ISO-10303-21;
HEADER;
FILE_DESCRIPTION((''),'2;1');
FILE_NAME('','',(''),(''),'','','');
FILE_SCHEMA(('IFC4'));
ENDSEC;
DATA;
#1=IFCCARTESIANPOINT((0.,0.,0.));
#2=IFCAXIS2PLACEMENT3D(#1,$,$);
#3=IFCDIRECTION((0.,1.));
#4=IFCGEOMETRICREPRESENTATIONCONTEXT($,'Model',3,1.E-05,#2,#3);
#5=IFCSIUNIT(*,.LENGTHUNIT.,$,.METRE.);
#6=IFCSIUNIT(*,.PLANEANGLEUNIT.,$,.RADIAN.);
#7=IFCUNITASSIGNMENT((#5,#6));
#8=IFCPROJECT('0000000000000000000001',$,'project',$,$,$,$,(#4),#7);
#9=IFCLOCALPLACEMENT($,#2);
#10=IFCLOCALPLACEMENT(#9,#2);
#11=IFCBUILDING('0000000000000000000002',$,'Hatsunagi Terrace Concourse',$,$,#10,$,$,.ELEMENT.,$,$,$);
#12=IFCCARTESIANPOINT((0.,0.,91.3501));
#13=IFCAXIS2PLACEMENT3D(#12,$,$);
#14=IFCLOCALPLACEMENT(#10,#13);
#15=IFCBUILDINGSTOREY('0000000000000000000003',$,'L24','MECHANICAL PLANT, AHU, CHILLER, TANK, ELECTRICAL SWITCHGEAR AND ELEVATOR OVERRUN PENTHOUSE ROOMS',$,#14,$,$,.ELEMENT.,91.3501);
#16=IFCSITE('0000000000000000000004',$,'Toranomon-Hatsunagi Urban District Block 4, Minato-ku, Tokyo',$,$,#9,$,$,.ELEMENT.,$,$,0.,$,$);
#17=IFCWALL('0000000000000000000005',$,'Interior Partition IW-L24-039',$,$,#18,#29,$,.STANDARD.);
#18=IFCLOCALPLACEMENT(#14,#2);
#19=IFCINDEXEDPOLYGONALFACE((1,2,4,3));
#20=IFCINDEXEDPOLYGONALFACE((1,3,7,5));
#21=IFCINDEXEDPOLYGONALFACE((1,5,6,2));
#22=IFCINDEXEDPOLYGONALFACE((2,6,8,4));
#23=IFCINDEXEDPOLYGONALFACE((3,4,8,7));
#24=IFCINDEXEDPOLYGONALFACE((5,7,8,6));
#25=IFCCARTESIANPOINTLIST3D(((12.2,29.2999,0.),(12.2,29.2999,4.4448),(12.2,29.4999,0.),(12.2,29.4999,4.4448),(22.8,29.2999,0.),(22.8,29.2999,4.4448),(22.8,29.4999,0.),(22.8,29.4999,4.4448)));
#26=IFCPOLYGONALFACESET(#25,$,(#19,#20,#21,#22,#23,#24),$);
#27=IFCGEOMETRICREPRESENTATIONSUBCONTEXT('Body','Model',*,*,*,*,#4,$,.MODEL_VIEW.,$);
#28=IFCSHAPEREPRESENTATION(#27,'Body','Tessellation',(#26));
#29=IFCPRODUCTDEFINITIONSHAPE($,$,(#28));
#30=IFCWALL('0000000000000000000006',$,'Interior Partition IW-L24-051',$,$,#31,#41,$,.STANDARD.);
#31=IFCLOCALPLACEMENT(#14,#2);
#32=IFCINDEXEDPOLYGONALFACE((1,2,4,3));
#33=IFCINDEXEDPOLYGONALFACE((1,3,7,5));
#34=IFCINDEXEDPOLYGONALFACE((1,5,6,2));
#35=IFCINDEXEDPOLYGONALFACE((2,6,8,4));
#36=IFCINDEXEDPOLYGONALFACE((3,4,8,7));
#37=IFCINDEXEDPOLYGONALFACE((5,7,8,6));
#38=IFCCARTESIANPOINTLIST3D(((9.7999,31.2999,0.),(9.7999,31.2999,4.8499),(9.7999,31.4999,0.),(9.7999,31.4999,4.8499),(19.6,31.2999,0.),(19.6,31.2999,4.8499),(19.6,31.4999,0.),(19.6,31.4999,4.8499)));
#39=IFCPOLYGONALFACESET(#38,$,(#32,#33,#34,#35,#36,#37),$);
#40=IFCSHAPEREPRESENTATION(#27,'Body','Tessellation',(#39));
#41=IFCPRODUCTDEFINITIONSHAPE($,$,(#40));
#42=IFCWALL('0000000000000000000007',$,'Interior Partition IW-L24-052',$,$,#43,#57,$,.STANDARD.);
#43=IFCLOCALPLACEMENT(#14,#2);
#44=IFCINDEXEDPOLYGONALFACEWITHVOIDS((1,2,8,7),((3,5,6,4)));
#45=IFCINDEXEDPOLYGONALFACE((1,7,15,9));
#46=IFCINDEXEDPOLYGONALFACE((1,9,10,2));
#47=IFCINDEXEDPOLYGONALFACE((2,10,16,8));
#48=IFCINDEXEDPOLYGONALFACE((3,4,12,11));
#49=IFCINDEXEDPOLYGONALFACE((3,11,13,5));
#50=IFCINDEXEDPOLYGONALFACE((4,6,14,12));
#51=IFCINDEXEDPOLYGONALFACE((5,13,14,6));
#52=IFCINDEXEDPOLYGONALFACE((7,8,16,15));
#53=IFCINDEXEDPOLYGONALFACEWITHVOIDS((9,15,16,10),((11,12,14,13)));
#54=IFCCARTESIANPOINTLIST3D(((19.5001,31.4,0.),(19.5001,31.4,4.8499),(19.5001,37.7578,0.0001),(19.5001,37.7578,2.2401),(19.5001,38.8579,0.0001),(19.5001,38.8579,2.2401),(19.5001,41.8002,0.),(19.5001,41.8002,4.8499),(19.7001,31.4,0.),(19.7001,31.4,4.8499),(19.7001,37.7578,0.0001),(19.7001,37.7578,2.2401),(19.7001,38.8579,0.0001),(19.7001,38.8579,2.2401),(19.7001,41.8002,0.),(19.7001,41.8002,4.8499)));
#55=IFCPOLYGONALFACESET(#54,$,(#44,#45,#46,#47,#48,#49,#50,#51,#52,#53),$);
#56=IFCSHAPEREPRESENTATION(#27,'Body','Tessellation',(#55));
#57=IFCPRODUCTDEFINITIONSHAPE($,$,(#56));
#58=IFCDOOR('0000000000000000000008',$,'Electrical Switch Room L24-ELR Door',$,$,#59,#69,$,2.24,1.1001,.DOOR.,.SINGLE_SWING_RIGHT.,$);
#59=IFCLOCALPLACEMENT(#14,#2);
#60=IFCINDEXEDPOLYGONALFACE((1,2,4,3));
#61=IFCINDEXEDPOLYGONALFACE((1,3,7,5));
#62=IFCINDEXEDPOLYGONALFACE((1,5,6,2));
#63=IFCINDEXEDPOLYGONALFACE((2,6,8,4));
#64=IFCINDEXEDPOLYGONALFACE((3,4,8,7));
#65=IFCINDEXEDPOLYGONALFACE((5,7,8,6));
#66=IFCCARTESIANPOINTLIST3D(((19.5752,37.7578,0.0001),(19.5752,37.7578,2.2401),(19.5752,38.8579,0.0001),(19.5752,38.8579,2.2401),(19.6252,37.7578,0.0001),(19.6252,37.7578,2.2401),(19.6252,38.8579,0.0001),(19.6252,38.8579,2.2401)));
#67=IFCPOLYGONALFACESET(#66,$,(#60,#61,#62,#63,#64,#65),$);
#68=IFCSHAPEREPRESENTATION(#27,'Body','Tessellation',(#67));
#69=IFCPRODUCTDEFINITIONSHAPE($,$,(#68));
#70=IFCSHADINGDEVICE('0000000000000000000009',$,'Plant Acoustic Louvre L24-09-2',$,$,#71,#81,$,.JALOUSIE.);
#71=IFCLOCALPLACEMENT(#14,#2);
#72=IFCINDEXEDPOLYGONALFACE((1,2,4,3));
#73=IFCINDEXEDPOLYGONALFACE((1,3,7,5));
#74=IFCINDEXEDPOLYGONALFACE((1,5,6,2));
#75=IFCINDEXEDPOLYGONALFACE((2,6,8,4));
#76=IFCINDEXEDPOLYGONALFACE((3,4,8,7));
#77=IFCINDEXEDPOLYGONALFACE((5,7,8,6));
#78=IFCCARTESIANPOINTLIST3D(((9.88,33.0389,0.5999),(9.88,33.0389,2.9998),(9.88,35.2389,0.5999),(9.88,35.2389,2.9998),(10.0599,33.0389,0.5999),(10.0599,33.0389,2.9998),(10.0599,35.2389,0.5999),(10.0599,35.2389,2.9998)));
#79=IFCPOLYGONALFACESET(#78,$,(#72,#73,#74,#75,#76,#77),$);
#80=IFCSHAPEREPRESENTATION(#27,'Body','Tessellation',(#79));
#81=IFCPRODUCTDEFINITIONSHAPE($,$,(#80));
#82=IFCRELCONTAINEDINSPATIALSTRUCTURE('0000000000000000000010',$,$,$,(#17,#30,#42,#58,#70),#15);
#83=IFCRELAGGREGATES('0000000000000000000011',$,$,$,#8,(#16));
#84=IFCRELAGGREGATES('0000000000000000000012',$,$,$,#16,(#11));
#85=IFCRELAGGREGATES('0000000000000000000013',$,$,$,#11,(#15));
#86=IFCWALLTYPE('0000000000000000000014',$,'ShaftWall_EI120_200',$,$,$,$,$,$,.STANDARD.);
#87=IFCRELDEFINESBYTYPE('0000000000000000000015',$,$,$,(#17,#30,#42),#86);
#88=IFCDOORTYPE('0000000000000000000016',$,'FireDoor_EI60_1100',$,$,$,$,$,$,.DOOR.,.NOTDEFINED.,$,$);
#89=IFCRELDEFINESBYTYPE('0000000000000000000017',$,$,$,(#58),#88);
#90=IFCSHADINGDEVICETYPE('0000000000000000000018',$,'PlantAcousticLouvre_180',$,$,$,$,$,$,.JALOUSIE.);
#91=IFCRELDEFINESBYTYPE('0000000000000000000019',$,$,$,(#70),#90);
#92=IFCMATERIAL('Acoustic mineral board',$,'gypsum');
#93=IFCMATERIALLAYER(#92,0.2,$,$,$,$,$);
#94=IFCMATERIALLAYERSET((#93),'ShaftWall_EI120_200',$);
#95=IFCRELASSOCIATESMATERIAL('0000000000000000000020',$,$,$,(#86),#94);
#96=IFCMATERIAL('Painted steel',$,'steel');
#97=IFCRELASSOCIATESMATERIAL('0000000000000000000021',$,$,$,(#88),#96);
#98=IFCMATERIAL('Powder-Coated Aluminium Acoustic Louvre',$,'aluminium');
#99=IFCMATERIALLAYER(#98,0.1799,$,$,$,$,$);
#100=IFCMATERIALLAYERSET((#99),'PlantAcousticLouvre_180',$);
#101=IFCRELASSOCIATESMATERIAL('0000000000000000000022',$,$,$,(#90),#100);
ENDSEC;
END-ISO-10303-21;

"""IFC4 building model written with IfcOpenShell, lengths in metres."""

from ifc_helpers import new_model, si_unit, direction, frame, frame_2d, origin, origin_2d, place, context, subcontext, project, spatial, rectangle, extrude, material, layer, layer_set, type_object, element, fill, save


model = new_model("IFC4")

# Units and contexts
model_context = context("Model", 3, precision=1e-05, world=origin(), true_north=direction((0.0, 1.0)))
body_context = subcontext(model_context, "Body", "Model", "MODEL_VIEW")
ifc_project = project(units=[si_unit("LENGTHUNIT", "METRE"), si_unit("PLANEANGLEUNIT", "RADIAN")], contexts=[model_context])

# Site, building, storey
site_placement = place(None, origin())
site = spatial("IfcSite", under=ifc_project, at=site_placement, Name="Toranomon-Hatsunagi Urban District Block 4, Minato-ku, Tokyo", CompositionType="ELEMENT", RefElevation=0.0)
building_placement = place(site_placement, origin())
building = spatial("IfcBuilding", under=site, at=building_placement, Name="Hatsunagi Terrace Concourse", CompositionType="ELEMENT")
storey_placement = place(building_placement, frame((0.0, 0.0, 91.3501)))
storey = spatial("IfcBuildingStorey", under=building, at=storey_placement, Name="L24", Description="MECHANICAL PLANT, AHU, CHILLER, TANK, ELECTRICAL SWITCHGEAR AND ELEVATOR OVERRUN PENTHOUSE ROOMS", CompositionType="ELEMENT", Elevation=91.3501)

# Walls
ifc_material_1 = material(Name="Acoustic mineral board", Category="gypsum")
ifc_layer_1 = layer(ifc_material_1, 0.2)
ifc_layer_set_1 = layer_set([ifc_layer_1], Name="ShaftWall_EI120_200")
wall_type_1 = type_object("IfcWallType", Name="ShaftWall_EI120_200", PredefinedType="STANDARD", material=ifc_layer_set_1)
wall_1_placement = place(storey_placement, frame((12.2, 29.3999, 0.0), z_axis=(0.0, 0.0, 1.0), x_axis=(1.0, 0.0, 0.0)))
element("IfcWall", 1, at=wall_1_placement, inside=storey, type_object=wall_type_1, Name="Interior Partition IW-L24-039", PredefinedType="STANDARD", context=body_context, shape_type="SweptSolid", body=[
    extrude(rectangle(XDim=10.6001, YDim=0.2, at=frame_2d((5.3, 0.0))), origin(), (0.0, 0.0, 1.0), 4.4448),
])
wall_2_placement = place(storey_placement, frame((9.8, 31.3999, 0.0), z_axis=(0.0, 0.0, 1.0), x_axis=(1.0, 0.0, 0.0)))
element("IfcWall", 2, at=wall_2_placement, inside=storey, type_object=wall_type_1, Name="Interior Partition IW-L24-051", PredefinedType="STANDARD", context=body_context, shape_type="SweptSolid", body=[
    extrude(rectangle(XDim=9.8, YDim=0.2, at=frame_2d((4.8999, 0.0))), origin(), (0.0, 0.0, 1.0), 4.8499),
])

# Wall, opening, door
wall_3_placement = place(storey_placement, frame((19.6001, 31.3999, 0.0), z_axis=(0.0, 0.0, 1.0), x_axis=(0.0, 1.0, 0.0)))
wall_3 = element("IfcWall", 3, at=wall_3_placement, inside=storey, type_object=wall_type_1, Name="Interior Partition IW-L24-052", PredefinedType="STANDARD", context=body_context, shape_type="SweptSolid", body=[
    extrude(rectangle(XDim=10.4001, YDim=0.2, at=frame_2d((5.2002, 0.0))), origin(), (0.0, 0.0, 1.0), 4.8499),
])
opening_1_placement = place(wall_3_placement, frame((6.3579, 0.0, 0.0)))
opening_1 = element("IfcOpeningElement", 4, at=opening_1_placement, cuts=wall_3, PredefinedType="OPENING", context=body_context, shape_type="SweptSolid", body=[
    extrude(rectangle(XDim=1.1001, YDim=2.24, at=frame_2d((0.55, 1.1201))), frame((0.0, 0.1099, 0.0), z_axis=(0.0, -1.0, 0.0), x_axis=(1.0, 0.0, 0.0)), (0.0, 0.0, 1.0), 0.22),
])
ifc_material_2 = material(Name="Painted steel", Category="steel")
door_type_1 = type_object("IfcDoorType", Name="FireDoor_EI60_1100", OperationType="NOTDEFINED", PredefinedType="DOOR", material=ifc_material_2)
door_1_placement = place(opening_1_placement, origin())
door_1 = element("IfcDoor", 5, at=door_1_placement, inside=storey, type_object=door_type_1, Name="Electrical Switch Room L24-ELR Door", OperationType="SINGLE_SWING_RIGHT", OverallHeight=2.24, OverallWidth=1.1001, PredefinedType="DOOR", context=body_context, shape_type="SweptSolid", body=[
    extrude(rectangle(XDim=1.1001, YDim=2.24, at=frame_2d((0.55, 1.1201))), frame((0.0, 0.0249, 0.0), z_axis=(0.0, -1.0, 0.0), x_axis=(1.0, 0.0, 0.0)), (0.0, 0.0, 1.0), 0.05),
])
fill(opening_1, door_1)

# Shading device
ifc_material_3 = material(Name="Powder-Coated Aluminium Acoustic Louvre", Category="aluminium")
ifc_layer_2 = layer(ifc_material_3, 0.1799)
ifc_layer_set_2 = layer_set([ifc_layer_2], Name="PlantAcousticLouvre_180")
shading_device_type = type_object("IfcShadingDeviceType", Name="PlantAcousticLouvre_180", PredefinedType="JALOUSIE", material=ifc_layer_set_2)
shading_device_placement = place(storey_placement, frame((9.97, 34.1389, 0.5999), z_axis=(0.0, 0.0, 1.0), x_axis=(0.0, 1.0, 0.0)))
element("IfcShadingDevice", 6, at=shading_device_placement, inside=storey, type_object=shading_device_type, Name="Plant Acoustic Louvre L24-09-2", PredefinedType="JALOUSIE", context=body_context, shape_type="SweptSolid", body=[
    extrude(rectangle(XDim=2.2, YDim=0.1799, at=origin_2d()), origin(), (0.0, 0.0, 1.0), 2.3999),
])

save(model, "model.ifc")
